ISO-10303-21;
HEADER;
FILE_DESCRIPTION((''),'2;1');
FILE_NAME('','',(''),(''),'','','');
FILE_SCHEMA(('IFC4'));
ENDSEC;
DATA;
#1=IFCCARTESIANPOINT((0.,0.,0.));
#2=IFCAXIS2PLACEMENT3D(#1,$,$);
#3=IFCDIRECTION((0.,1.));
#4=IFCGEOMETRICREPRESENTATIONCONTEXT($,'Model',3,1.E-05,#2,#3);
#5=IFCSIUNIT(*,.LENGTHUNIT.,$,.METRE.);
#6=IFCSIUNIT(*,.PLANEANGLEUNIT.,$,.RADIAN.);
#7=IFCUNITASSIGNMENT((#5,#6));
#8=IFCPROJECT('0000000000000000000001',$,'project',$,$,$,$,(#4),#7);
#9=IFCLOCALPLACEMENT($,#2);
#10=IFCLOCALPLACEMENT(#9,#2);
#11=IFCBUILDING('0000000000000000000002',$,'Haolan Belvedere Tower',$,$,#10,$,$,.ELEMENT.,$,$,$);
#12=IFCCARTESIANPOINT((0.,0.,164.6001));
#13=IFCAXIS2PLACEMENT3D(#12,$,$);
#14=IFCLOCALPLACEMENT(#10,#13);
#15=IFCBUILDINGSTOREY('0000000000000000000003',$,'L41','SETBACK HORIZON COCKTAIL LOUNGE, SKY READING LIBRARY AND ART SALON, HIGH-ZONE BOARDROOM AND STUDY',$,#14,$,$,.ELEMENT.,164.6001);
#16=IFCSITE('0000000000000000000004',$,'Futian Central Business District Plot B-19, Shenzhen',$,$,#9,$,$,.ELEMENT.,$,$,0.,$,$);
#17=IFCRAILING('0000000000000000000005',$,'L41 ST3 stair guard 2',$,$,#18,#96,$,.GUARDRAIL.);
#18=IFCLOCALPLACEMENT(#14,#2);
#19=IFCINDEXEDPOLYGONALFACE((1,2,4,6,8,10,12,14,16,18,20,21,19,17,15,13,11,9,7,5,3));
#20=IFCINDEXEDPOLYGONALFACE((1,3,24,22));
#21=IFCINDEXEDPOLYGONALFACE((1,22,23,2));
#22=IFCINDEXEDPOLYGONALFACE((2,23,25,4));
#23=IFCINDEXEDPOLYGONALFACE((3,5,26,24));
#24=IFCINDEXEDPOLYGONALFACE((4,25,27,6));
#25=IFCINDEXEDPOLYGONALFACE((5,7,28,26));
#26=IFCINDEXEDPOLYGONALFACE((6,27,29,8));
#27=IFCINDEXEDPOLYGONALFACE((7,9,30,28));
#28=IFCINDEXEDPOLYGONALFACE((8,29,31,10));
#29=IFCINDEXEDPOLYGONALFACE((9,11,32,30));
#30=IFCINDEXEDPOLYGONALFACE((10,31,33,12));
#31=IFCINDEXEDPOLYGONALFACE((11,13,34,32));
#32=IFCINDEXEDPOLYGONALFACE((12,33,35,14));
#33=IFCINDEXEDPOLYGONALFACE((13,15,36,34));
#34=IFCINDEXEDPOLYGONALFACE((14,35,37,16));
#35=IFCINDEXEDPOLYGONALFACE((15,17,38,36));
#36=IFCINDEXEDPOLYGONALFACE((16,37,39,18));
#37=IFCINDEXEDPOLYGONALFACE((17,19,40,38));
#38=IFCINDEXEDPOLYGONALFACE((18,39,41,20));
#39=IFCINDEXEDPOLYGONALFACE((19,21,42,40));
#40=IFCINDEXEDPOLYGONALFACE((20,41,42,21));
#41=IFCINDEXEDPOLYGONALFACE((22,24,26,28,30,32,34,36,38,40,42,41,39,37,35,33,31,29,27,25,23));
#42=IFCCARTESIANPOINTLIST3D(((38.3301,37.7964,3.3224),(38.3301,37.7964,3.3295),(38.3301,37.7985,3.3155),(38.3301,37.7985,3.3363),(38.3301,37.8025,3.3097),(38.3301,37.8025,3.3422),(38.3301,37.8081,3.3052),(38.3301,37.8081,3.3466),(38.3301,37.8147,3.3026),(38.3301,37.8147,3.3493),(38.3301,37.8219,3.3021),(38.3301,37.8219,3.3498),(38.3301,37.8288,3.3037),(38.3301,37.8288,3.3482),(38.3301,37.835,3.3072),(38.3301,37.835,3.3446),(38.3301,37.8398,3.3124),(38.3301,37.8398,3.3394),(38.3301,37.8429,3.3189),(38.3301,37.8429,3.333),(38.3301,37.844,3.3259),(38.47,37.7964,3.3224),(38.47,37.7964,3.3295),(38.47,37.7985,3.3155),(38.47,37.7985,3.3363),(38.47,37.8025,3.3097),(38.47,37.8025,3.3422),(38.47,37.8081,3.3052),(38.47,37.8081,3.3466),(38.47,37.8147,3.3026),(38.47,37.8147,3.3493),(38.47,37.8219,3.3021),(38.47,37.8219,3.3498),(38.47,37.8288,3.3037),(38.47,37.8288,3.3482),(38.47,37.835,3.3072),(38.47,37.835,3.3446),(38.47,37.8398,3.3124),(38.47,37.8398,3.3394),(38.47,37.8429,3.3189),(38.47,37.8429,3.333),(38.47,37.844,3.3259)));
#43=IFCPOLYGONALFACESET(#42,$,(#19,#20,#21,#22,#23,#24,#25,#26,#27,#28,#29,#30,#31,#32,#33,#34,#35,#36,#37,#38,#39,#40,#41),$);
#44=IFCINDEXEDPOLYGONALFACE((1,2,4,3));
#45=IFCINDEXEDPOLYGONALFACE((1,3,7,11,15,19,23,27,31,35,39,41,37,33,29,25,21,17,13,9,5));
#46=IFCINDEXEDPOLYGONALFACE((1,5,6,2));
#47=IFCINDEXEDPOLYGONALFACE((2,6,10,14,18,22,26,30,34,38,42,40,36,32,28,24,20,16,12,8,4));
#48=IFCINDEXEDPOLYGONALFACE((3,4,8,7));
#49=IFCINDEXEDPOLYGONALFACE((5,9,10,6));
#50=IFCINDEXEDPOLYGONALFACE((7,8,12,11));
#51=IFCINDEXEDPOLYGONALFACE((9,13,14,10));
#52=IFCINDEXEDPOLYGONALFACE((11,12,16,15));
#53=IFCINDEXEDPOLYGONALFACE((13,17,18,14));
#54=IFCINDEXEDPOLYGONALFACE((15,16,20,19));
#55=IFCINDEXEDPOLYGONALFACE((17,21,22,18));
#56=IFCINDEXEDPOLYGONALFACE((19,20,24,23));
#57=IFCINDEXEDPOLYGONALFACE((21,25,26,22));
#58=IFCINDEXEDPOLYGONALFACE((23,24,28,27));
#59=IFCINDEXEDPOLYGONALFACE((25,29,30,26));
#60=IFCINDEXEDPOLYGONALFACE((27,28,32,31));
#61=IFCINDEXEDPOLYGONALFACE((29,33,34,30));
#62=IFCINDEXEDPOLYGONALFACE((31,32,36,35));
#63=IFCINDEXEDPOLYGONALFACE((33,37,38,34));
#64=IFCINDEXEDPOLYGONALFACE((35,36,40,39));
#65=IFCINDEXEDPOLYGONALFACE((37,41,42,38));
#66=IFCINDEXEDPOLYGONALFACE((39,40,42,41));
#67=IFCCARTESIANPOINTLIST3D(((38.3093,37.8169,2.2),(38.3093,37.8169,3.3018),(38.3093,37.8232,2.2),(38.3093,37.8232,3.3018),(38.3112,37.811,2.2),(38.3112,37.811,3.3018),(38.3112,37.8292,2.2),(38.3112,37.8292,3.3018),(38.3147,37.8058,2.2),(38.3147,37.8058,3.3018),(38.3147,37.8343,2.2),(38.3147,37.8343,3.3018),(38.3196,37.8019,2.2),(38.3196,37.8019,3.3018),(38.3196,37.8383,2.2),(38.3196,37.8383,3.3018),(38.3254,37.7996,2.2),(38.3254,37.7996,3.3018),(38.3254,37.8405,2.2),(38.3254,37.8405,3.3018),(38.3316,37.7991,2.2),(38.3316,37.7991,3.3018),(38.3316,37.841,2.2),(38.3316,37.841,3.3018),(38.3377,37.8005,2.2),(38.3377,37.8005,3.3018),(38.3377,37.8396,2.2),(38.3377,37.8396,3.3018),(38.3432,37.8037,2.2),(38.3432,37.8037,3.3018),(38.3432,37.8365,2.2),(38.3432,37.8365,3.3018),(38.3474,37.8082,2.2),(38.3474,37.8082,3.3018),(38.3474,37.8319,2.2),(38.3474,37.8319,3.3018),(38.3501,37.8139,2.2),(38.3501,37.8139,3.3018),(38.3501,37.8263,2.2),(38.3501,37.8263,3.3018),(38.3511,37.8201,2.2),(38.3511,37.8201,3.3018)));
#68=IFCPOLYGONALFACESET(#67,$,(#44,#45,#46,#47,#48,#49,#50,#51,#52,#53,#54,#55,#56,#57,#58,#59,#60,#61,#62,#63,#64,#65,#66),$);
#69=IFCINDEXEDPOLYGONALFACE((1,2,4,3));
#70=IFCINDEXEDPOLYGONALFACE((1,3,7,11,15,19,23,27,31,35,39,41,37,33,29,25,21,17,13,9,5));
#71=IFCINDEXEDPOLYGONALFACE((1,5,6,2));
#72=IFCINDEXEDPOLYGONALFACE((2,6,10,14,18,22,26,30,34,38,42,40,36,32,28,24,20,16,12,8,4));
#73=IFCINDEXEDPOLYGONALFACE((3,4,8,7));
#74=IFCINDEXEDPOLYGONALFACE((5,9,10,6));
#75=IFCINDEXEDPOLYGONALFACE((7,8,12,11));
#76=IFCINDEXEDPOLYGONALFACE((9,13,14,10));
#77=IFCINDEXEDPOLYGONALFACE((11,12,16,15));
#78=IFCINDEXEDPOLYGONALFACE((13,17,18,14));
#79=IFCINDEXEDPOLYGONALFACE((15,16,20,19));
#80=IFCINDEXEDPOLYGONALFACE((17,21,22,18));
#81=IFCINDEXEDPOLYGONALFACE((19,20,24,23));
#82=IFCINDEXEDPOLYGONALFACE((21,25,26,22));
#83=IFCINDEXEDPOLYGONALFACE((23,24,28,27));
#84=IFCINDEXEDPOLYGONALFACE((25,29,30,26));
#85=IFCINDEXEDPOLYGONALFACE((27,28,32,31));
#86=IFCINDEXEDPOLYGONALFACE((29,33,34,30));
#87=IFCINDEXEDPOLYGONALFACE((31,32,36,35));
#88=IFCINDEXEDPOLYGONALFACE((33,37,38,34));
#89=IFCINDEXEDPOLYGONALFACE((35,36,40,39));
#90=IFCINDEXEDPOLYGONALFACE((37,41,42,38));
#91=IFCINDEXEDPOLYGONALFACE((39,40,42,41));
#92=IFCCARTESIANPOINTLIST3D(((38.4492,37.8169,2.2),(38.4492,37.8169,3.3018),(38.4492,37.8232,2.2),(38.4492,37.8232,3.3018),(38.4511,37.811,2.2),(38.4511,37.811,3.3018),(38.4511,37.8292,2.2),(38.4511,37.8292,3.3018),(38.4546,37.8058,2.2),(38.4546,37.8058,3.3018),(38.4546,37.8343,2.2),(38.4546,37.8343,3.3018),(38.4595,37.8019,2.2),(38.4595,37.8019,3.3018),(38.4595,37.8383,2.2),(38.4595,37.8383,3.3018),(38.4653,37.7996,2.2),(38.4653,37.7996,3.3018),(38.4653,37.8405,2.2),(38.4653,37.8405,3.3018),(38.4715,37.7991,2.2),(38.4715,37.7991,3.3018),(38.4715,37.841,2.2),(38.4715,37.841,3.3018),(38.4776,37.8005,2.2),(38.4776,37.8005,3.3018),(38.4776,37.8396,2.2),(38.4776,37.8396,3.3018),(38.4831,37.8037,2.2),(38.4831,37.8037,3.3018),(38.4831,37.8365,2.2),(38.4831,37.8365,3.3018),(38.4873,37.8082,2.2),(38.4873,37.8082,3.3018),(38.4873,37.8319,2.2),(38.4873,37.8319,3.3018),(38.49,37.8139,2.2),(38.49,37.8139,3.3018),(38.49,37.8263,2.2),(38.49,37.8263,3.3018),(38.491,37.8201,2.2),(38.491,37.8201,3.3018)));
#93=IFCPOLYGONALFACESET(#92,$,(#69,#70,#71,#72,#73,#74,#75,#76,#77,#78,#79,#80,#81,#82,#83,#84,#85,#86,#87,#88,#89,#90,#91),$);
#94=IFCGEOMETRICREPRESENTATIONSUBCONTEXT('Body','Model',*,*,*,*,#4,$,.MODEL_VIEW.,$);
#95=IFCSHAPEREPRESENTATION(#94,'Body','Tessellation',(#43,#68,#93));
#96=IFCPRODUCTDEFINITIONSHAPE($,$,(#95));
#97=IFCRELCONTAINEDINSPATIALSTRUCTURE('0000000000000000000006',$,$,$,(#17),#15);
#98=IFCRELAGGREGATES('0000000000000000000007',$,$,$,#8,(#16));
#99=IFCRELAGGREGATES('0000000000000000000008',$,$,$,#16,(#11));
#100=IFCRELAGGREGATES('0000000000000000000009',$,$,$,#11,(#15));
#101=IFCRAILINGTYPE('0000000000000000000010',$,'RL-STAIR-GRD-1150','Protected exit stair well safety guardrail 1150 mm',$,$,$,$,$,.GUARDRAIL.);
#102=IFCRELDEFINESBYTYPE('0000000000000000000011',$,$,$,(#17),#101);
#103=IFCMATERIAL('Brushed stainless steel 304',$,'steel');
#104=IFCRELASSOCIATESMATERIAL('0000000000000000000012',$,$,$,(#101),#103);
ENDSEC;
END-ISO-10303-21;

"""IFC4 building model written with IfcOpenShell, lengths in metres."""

from ifc_helpers import new_model, si_unit, direction, frame, origin, origin_2d, place, context, subcontext, project, spatial, circle, extrude, material, type_object, element, save


model = new_model("IFC4")

# Units and contexts
model_context = context("Model", 3, precision=1e-05, world=origin(), true_north=direction((0.0, 1.0)))
body_context = subcontext(model_context, "Body", "Model", "MODEL_VIEW")
ifc_project = project(units=[si_unit("LENGTHUNIT", "METRE"), si_unit("PLANEANGLEUNIT", "RADIAN")], contexts=[model_context])

# Site, building, storey
site_placement = place(None, origin())
site = spatial("IfcSite", under=ifc_project, at=site_placement, Name="Futian Central Business District Plot B-19, Shenzhen", CompositionType="ELEMENT", RefElevation=0.0)
building_placement = place(site_placement, origin())
building = spatial("IfcBuilding", under=site, at=building_placement, Name="Haolan Belvedere Tower", CompositionType="ELEMENT")
storey_placement = place(building_placement, frame((0.0, 0.0, 164.6001)))
storey = spatial("IfcBuildingStorey", under=building, at=storey_placement, Name="L41", Description="SETBACK HORIZON COCKTAIL LOUNGE, SKY READING LIBRARY AND ART SALON, HIGH-ZONE BOARDROOM AND STUDY", CompositionType="ELEMENT", Elevation=164.6001)

# Railing
ifc_material_1 = material(Name="Brushed stainless steel 304", Category="steel")
railing_type_1 = type_object("IfcRailingType", Name="RL-STAIR-GRD-1150", Description="Protected exit stair well safety guardrail 1150 mm", PredefinedType="GUARDRAIL", material=ifc_material_1)
railing_1_placement = place(storey_placement, frame((38.3301, 37.8201, 2.2)))
element("IfcRailing", 1, at=railing_1_placement, inside=storey, type_object=railing_type_1, Name="L41 ST3 stair guard 2", PredefinedType="GUARDRAIL", context=body_context, shape_type="SweptSolid", body=[
    extrude(circle(Radius=0.0239, at=origin_2d()), frame((0.0, 0.0, 1.126), z_axis=(1.0, 0.0, 0.0), x_axis=(0.0, 1.0, 0.0)), (0.0, 0.0, 1.0), 0.1399),
    extrude(circle(Radius=0.021, at=origin_2d()), origin(), (0.0, 0.0, 1.0), 1.1018),
    extrude(circle(Radius=0.021, at=origin_2d()), frame((0.1399, 0.0, 0.0)), (0.0, 0.0, 1.0), 1.1018),
])

save(model, "model.ifc")
